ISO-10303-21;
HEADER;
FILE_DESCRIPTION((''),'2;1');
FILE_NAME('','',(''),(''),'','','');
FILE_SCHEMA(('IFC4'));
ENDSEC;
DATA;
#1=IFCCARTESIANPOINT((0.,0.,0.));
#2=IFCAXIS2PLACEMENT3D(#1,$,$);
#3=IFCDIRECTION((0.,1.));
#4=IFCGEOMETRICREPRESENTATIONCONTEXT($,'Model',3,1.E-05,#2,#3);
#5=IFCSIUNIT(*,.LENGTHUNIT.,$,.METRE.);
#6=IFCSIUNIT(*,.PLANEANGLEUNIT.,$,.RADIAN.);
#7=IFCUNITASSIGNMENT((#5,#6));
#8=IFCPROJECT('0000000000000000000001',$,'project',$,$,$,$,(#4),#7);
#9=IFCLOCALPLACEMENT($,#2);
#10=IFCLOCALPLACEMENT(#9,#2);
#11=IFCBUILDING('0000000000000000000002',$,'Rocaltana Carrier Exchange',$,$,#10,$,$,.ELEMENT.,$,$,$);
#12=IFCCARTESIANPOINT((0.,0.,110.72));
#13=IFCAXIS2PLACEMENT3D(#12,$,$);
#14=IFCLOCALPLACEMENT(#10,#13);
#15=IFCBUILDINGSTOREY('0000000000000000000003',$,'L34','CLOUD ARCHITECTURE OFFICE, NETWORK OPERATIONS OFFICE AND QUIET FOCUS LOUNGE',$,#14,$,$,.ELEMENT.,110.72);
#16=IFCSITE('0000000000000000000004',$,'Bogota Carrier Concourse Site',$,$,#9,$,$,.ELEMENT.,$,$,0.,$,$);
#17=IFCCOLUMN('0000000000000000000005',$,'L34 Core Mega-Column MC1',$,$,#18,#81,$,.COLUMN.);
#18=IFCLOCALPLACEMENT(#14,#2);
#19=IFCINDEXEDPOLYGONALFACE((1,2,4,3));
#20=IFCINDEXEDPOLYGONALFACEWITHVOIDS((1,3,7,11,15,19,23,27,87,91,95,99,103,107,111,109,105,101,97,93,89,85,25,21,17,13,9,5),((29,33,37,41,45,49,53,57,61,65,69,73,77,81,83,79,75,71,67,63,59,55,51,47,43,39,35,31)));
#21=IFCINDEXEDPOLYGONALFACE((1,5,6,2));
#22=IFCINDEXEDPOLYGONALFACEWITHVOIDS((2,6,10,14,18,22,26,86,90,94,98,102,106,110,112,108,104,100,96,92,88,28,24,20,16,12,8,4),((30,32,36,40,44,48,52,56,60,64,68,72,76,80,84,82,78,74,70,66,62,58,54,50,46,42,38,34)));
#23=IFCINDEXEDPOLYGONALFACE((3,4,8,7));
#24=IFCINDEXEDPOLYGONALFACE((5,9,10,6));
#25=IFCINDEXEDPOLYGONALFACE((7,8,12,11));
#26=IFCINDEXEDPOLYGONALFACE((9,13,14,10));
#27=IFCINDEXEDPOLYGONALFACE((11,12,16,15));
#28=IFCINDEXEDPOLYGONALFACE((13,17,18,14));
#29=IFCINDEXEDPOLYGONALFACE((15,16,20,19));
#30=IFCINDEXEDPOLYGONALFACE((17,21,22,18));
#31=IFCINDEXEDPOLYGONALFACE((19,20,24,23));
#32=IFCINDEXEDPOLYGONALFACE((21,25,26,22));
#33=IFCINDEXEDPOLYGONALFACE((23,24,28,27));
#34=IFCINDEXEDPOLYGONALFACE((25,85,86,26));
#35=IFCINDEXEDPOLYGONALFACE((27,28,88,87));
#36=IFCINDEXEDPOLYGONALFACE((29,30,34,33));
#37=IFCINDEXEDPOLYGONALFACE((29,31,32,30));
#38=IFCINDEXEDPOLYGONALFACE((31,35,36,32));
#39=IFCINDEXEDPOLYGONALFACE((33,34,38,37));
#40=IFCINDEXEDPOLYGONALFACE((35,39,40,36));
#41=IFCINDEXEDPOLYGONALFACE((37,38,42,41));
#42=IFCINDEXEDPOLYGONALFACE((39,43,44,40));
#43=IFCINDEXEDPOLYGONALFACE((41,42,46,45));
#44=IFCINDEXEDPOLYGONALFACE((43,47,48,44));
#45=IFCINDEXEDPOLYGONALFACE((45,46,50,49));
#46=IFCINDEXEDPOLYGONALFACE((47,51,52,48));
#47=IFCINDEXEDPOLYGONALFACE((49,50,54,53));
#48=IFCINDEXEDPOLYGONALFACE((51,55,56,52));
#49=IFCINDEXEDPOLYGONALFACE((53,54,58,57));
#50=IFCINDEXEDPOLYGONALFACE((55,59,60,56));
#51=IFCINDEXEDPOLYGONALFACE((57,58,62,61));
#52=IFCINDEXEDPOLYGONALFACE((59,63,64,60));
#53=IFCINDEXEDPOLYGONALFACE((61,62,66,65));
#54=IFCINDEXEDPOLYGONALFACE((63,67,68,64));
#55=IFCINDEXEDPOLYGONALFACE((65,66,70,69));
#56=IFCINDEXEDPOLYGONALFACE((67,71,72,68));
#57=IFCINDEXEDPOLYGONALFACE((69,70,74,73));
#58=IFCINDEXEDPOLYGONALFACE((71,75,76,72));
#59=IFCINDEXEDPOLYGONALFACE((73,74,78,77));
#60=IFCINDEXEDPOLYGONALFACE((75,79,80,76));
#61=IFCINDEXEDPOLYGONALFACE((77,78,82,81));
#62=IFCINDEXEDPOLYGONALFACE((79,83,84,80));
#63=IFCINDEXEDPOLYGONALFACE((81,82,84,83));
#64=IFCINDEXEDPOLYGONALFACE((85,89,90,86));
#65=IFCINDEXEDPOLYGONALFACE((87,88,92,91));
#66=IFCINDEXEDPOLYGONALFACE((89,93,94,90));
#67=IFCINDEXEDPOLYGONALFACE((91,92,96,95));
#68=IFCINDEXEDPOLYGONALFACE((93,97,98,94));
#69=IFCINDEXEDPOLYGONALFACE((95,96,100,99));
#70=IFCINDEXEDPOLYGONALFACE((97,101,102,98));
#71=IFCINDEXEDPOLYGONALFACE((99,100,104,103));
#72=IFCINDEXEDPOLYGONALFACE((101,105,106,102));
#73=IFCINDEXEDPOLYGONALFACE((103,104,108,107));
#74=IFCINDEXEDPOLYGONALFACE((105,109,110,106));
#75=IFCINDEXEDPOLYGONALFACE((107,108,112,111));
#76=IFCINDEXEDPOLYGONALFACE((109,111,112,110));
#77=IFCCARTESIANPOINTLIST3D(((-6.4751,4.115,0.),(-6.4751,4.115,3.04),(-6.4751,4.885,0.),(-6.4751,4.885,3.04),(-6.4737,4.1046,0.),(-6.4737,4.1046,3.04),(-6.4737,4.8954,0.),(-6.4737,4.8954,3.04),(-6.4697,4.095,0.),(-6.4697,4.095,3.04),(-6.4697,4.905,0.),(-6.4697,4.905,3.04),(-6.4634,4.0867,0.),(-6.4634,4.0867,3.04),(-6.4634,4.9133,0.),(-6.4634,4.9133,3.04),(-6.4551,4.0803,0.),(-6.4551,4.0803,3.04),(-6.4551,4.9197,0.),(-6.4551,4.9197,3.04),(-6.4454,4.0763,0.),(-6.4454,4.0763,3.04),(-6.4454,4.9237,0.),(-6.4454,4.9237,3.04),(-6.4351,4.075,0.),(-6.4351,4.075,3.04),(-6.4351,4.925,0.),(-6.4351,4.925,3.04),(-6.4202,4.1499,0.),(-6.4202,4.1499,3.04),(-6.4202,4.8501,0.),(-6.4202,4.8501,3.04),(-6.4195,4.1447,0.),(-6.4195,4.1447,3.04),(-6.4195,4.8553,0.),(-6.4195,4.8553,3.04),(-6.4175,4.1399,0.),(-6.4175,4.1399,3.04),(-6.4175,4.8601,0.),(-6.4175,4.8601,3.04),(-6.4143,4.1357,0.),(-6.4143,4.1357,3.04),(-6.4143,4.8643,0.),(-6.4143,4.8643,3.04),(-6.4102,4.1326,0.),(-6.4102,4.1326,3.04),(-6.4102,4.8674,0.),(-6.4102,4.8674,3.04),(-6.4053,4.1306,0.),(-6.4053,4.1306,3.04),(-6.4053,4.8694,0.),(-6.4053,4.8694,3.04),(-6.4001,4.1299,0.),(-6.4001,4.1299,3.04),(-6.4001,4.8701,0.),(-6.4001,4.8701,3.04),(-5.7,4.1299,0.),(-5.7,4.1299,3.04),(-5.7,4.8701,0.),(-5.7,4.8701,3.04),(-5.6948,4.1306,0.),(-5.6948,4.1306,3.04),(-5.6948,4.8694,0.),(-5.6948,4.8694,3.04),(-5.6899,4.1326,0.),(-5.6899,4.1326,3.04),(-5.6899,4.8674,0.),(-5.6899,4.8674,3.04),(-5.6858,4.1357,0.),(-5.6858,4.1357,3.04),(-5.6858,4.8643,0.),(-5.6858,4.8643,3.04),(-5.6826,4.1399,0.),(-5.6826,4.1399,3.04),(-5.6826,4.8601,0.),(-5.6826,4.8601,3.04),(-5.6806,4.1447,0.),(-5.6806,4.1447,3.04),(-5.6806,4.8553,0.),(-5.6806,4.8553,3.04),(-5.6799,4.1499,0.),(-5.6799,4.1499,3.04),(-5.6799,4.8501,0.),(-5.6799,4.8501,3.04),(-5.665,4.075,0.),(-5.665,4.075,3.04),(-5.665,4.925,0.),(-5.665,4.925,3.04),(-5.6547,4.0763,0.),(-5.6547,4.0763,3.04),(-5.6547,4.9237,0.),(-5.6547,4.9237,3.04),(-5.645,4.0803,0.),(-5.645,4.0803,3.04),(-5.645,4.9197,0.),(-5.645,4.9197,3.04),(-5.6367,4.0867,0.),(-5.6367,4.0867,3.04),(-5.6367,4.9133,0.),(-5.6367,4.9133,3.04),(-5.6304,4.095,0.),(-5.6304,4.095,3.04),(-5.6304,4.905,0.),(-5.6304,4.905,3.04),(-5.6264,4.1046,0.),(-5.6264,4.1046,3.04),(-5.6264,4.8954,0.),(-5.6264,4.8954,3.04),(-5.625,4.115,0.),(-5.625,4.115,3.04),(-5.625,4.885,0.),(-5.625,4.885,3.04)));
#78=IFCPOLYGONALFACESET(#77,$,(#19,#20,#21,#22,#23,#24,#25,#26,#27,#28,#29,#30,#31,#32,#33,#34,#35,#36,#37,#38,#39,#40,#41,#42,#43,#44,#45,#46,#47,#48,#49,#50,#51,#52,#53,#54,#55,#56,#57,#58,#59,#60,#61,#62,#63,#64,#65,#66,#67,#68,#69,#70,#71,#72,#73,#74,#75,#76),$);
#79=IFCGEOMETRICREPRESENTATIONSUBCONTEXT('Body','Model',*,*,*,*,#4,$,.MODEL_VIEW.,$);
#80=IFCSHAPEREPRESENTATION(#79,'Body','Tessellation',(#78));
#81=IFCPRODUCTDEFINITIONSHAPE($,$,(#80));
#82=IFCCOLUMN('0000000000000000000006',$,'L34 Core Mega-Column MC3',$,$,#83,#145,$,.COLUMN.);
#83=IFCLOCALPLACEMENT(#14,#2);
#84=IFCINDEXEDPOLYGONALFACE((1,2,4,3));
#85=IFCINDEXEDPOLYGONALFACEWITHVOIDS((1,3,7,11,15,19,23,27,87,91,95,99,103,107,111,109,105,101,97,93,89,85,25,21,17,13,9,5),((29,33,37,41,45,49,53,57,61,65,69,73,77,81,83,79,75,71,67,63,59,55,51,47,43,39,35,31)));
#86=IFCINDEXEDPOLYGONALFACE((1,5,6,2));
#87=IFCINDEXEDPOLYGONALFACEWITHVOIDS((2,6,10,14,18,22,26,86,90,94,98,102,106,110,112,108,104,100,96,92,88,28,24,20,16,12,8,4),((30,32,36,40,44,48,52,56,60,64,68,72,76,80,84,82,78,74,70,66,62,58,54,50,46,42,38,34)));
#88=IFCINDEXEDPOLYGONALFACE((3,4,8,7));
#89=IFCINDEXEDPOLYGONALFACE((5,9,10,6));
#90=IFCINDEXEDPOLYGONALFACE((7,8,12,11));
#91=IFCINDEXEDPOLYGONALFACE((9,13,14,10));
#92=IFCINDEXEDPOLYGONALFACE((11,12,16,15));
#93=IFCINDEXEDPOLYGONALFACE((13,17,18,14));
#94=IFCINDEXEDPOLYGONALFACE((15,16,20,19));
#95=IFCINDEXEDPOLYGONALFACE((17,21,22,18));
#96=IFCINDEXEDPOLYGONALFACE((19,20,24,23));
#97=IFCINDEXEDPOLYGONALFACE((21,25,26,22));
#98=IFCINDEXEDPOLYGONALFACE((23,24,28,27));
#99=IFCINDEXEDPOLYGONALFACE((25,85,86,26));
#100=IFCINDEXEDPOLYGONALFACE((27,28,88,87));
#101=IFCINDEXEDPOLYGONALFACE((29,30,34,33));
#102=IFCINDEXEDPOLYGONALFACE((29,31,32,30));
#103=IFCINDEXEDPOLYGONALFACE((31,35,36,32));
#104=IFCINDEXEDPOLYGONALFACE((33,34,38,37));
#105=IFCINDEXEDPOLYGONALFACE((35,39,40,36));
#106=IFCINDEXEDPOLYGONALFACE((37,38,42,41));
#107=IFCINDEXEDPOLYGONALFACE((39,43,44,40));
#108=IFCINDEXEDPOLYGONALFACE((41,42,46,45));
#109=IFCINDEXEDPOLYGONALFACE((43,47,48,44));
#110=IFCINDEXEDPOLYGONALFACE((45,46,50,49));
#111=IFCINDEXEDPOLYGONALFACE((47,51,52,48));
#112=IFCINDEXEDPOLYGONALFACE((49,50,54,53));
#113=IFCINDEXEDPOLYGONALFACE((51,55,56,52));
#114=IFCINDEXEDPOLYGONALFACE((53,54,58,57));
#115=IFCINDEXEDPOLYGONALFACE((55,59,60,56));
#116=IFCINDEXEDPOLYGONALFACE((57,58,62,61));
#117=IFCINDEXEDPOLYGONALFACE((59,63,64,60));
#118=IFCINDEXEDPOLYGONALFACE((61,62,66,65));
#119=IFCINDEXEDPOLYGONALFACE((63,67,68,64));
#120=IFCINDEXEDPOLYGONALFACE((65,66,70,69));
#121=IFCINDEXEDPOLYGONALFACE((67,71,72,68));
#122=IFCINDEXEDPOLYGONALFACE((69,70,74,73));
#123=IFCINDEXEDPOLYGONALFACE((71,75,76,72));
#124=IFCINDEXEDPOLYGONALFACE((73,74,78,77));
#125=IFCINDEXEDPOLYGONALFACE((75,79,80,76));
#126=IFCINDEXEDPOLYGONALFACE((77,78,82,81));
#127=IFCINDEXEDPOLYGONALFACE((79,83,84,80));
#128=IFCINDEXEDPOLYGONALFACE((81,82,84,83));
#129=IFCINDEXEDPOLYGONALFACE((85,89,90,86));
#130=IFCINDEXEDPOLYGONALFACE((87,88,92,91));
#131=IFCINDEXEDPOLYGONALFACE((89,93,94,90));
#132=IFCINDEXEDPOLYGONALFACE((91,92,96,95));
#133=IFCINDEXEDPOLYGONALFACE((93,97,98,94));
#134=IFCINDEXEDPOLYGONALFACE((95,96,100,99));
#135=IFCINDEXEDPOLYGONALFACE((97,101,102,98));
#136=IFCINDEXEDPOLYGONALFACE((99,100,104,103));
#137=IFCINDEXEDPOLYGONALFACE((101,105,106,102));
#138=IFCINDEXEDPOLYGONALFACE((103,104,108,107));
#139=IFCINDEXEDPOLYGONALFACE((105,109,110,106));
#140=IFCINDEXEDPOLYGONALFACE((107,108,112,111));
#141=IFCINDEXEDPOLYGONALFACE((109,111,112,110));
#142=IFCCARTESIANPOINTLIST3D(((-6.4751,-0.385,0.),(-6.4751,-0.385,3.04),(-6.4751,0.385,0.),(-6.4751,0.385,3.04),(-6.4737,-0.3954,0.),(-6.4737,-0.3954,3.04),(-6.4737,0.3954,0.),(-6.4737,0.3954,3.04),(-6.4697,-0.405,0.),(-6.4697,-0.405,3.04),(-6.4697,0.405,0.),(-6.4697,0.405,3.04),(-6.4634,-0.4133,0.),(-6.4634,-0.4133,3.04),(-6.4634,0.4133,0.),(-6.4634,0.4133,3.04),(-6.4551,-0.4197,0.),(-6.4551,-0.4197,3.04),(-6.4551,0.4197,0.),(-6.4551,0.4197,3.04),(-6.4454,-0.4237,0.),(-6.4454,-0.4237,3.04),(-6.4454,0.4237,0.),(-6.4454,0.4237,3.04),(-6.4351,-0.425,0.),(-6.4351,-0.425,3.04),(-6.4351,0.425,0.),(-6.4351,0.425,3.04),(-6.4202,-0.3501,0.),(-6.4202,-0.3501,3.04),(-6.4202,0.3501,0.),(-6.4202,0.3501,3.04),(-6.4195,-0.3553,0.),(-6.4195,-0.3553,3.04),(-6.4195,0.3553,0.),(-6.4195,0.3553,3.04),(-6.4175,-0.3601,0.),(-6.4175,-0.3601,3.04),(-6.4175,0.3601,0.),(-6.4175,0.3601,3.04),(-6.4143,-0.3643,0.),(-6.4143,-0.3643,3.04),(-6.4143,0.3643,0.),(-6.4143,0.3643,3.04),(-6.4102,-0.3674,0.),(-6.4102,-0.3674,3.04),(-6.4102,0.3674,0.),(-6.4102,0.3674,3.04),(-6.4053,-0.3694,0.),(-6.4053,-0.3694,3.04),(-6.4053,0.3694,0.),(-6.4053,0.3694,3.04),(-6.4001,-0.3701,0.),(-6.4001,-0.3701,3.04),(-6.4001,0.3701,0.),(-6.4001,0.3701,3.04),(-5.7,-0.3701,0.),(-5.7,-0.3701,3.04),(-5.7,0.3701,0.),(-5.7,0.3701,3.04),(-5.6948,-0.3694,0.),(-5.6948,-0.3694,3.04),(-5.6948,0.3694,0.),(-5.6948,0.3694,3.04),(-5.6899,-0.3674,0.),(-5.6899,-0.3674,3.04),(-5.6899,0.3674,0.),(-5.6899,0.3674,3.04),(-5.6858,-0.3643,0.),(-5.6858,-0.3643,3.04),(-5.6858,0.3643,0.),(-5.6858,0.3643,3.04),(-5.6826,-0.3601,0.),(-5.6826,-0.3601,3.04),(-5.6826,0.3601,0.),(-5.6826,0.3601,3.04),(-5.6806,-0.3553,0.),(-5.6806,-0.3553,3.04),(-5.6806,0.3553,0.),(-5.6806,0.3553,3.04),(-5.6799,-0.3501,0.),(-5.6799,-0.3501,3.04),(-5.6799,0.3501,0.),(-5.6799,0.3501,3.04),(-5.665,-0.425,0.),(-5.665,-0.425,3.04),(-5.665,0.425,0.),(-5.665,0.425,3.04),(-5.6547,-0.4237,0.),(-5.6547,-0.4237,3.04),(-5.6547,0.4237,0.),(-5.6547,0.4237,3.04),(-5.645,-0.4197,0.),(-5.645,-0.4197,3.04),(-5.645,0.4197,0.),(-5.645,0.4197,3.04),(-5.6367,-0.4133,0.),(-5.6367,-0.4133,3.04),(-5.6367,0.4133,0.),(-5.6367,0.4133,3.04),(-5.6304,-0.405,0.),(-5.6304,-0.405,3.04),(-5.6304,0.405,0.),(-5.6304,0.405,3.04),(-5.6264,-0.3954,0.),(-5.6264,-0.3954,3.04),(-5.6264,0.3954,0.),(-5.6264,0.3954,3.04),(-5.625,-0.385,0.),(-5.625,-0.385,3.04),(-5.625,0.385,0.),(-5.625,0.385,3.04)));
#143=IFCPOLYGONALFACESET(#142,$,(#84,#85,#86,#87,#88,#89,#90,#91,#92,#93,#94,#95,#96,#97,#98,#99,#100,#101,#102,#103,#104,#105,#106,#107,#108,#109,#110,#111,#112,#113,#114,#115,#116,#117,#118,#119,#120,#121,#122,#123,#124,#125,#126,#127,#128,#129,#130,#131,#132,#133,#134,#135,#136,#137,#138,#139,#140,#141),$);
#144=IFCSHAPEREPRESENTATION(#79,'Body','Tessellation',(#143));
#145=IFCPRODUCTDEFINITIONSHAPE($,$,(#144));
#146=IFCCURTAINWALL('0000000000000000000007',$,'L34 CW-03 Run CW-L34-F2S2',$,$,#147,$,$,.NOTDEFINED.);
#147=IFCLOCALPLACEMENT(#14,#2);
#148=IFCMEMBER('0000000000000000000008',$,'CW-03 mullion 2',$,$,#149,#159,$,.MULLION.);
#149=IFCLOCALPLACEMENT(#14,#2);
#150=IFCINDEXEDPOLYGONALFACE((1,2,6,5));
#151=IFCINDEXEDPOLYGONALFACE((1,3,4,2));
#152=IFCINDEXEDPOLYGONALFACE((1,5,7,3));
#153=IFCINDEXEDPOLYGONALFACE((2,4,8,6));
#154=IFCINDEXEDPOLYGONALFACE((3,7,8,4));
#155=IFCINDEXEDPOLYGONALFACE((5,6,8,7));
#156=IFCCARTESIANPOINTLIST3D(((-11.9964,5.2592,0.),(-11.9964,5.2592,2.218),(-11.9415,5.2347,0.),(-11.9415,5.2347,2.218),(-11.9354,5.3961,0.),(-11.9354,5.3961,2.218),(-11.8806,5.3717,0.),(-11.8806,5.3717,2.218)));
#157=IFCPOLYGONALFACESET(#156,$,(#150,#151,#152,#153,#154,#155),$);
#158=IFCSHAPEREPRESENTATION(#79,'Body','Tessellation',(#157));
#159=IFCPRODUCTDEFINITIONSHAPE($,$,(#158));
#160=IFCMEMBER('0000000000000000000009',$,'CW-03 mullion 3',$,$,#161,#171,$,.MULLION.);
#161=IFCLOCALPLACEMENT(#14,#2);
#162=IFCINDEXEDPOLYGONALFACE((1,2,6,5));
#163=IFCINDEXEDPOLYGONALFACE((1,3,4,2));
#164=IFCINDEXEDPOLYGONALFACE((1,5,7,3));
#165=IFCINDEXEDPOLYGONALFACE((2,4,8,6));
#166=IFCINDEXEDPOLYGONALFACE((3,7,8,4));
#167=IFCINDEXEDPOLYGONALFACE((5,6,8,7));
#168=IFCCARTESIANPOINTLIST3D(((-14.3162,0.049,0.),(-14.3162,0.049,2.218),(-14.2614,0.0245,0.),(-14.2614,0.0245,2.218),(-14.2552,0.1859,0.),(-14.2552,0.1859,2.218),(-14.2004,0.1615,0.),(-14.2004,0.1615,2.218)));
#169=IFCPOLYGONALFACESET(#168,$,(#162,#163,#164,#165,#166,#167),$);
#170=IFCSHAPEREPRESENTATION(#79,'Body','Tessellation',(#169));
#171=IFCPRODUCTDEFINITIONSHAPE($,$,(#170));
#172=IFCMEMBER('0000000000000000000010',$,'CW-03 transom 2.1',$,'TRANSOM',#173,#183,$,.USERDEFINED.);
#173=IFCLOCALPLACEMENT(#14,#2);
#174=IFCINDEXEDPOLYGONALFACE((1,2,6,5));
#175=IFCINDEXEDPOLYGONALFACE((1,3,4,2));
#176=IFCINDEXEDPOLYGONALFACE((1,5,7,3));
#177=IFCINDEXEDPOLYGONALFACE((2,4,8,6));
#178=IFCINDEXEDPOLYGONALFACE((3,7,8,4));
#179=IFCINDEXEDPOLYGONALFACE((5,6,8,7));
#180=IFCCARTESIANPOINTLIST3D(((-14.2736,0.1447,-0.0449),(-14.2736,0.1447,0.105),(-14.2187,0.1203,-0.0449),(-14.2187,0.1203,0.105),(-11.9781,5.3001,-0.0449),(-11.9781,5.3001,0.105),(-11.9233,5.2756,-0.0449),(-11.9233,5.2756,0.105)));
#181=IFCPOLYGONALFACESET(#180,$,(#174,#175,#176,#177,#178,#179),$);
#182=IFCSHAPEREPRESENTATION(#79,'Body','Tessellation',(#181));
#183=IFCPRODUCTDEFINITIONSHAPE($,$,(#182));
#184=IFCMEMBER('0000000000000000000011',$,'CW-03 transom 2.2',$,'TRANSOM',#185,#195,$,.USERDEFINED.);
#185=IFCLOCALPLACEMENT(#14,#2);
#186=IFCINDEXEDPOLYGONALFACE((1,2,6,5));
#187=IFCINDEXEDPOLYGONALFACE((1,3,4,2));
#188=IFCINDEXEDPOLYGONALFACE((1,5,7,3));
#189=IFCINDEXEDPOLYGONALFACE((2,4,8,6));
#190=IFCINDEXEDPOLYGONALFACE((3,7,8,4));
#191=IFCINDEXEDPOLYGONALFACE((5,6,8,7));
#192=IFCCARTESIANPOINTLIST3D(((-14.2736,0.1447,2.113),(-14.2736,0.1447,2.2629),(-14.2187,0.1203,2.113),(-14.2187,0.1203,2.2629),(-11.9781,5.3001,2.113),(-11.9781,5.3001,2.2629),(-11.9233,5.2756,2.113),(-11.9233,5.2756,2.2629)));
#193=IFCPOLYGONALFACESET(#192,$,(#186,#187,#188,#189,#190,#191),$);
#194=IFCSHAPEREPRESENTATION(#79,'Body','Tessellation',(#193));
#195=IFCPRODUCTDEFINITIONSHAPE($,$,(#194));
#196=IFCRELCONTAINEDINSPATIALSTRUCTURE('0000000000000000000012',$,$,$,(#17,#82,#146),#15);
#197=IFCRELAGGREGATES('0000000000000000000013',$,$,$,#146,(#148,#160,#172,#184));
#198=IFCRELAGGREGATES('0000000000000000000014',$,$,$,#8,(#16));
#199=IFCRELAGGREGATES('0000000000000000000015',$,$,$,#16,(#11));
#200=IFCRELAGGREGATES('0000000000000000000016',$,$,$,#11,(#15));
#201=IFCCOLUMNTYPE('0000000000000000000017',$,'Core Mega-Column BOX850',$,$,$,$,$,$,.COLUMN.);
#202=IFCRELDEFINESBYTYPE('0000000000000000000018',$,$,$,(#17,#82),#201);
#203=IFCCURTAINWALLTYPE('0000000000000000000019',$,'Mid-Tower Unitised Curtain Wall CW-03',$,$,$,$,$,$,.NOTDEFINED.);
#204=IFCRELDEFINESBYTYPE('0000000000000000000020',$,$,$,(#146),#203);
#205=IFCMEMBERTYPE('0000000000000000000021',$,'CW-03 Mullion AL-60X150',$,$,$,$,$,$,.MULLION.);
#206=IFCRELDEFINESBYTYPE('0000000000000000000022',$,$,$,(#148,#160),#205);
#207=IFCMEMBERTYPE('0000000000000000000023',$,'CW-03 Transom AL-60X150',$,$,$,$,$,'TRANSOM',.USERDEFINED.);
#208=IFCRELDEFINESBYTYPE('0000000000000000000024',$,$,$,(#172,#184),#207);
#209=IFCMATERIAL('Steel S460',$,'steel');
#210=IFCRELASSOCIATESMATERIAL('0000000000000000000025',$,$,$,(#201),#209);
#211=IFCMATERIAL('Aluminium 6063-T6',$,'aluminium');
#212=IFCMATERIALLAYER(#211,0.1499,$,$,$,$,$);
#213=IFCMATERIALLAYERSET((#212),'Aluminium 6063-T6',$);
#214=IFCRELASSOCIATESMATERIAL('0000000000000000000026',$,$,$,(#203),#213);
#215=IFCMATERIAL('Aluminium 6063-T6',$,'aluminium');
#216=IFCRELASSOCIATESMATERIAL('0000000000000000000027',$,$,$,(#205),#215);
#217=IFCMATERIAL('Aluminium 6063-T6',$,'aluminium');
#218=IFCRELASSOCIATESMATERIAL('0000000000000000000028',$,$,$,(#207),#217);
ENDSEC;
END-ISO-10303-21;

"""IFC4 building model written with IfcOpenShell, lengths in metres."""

from ifc_helpers import new_model, si_unit, direction, frame, origin, origin_2d, place, context, subcontext, project, spatial, rectangle, hollow_rectangle, extrude, material, layer, layer_set, material_profile, profile_set, type_object, element, aggregate, save


model = new_model("IFC4")

# Units and contexts
model_context = context("Model", 3, precision=1e-05, world=origin(), true_north=direction((0.0, 1.0)))
body_context = subcontext(model_context, "Body", "Model", "MODEL_VIEW")
ifc_project = project(units=[si_unit("LENGTHUNIT", "METRE"), si_unit("PLANEANGLEUNIT", "RADIAN")], contexts=[model_context])

# Site, building, storey
site_placement = place(None, origin())
site = spatial("IfcSite", under=ifc_project, at=site_placement, Name="Bogota Carrier Concourse Site", CompositionType="ELEMENT", RefElevation=0.0)
building_placement = place(site_placement, origin())
building = spatial("IfcBuilding", under=site, at=building_placement, Name="Rocaltana Carrier Exchange", CompositionType="ELEMENT")
storey_placement = place(building_placement, frame((0.0, 0.0, 110.72)))
storey = spatial("IfcBuildingStorey", under=building, at=storey_placement, Name="L34", Description="CLOUD ARCHITECTURE OFFICE, NETWORK OPERATIONS OFFICE AND QUIET FOCUS LOUNGE", CompositionType="ELEMENT", Elevation=110.72)

# Columns
ifc_material_1 = material(Name="Steel S460", Category="steel")
ifc_material_profile_1 = material_profile(ifc_material_1, hollow_rectangle(XDim=0.8501, YDim=0.8501, WallThickness=0.0549, InnerFilletRadius=0.02, OuterFilletRadius=0.04, at=origin_2d()), Name="BOX850X850X55")
ifc_profile_set_1 = profile_set([ifc_material_profile_1], Name="Steel S460")
column_type = type_object("IfcColumnType", Name="Core Mega-Column BOX850", PredefinedType="COLUMN", material=ifc_profile_set_1)
for number, where, z_axis, x_axis, name in (
    (1, (-6.05, 4.5, 0.0), (0.0, 0.0, 1.0), (1.0, 0.0, 0.0), "L34 Core Mega-Column MC1"),
    (2, (-6.05, 0.0, 0.0), (0.0, 0.0, 1.0), (1.0, 0.0, 0.0), "L34 Core Mega-Column MC3"),
):
    element("IfcColumn", number, at=place(storey_placement, frame(where, z_axis=z_axis, x_axis=x_axis)), inside=storey, type_object=column_type, Name=name, PredefinedType="COLUMN", context=body_context, shape_type="SweptSolid", body=[
        extrude(hollow_rectangle(XDim=0.8501, YDim=0.8501, WallThickness=0.0549, InnerFilletRadius=0.02, OuterFilletRadius=0.04, at=origin_2d()), origin(), (0.0, 0.0, 1.0), 3.04),
    ])

# Curtain wall, members
ifc_material_2 = material(Name="Aluminium 6063-T6", Category="aluminium")
ifc_layer_1 = layer(ifc_material_2, 0.1499)
ifc_layer_set_1 = layer_set([ifc_layer_1], Name="Aluminium 6063-T6")
curtain_wall_type = type_object("IfcCurtainWallType", Name="Mid-Tower Unitised Curtain Wall CW-03", PredefinedType="NOTDEFINED", material=ifc_layer_set_1)
curtain_wall_placement = place(storey_placement, origin())
curtain_wall = element("IfcCurtainWall", 3, at=curtain_wall_placement, inside=storey, type_object=curtain_wall_type, Name="L34 CW-03 Run CW-L34-F2S2", PredefinedType="NOTDEFINED")
ifc_material_3 = material(Name="Aluminium 6063-T6", Category="aluminium")
ifc_material_profile_2 = material_profile(ifc_material_3, rectangle(XDim=0.0601, YDim=0.1499, at=origin_2d()), Name="AL-60X150")
ifc_profile_set_2 = profile_set([ifc_material_profile_2], Name="Aluminium 6063-T6")
member_type_1 = type_object("IfcMemberType", Name="CW-03 Mullion AL-60X150", PredefinedType="MULLION", material=ifc_profile_set_2)
member_1_placement = place(storey_placement, frame((-11.9385, 5.3154, 0.0), z_axis=(0.0, 0.0, 1.0), x_axis=(0.913542, -0.406744, 0.0)))
member_1 = element("IfcMember", 4, at=member_1_placement, type_object=member_type_1, Name="CW-03 mullion 2", PredefinedType="MULLION", context=body_context, shape_type="SweptSolid", body=[
    extrude(rectangle(XDim=0.0601, YDim=0.1499, at=origin_2d()), origin(), (0.0, 0.0, 1.0), 2.218),
])
member_2_placement = place(storey_placement, frame((-14.2583, 0.1052, 0.0), z_axis=(0.0, 0.0, 1.0), x_axis=(0.913542, -0.406744, 0.0)))
member_2 = element("IfcMember", 5, at=member_2_placement, type_object=member_type_1, Name="CW-03 mullion 3", PredefinedType="MULLION", context=body_context, shape_type="SweptSolid", body=[
    extrude(rectangle(XDim=0.0601, YDim=0.1499, at=origin_2d()), origin(), (0.0, 0.0, 1.0), 2.218),
])
ifc_material_4 = material(Name="Aluminium 6063-T6", Category="aluminium")
ifc_material_profile_3 = material_profile(ifc_material_4, rectangle(XDim=0.0601, YDim=0.1499, at=origin_2d()), Name="AL-60X150")
ifc_profile_set_3 = profile_set([ifc_material_profile_3], Name="Aluminium 6063-T6")
member_type_2 = type_object("IfcMemberType", Name="CW-03 Transom AL-60X150", ElementType="TRANSOM", PredefinedType="USERDEFINED", material=ifc_profile_set_3)
member_3_placement = place(storey_placement, frame((-11.9507, 5.2878, 0.03), z_axis=(-0.406757, -0.913537, 0.0), x_axis=(0.913537, -0.406757, 0.0)))
member_3 = element("IfcMember", 6, at=member_3_placement, type_object=member_type_2, Name="CW-03 transom 2.1", ObjectType="TRANSOM", PredefinedType="USERDEFINED", context=body_context, shape_type="SweptSolid", body=[
    extrude(rectangle(XDim=0.0601, YDim=0.1499, at=origin_2d()), origin(), (0.0, 0.0, 1.0), 5.6433),
])
member_4_placement = place(storey_placement, frame((-11.9507, 5.2878, 2.188), z_axis=(-0.406757, -0.913537, 0.0), x_axis=(0.913537, -0.406757, 0.0)))
member_4 = element("IfcMember", 7, at=member_4_placement, type_object=member_type_2, Name="CW-03 transom 2.2", ObjectType="TRANSOM", PredefinedType="USERDEFINED", context=body_context, shape_type="SweptSolid", body=[
    extrude(rectangle(XDim=0.0601, YDim=0.1499, at=origin_2d()), origin(), (0.0, 0.0, 1.0), 5.6433),
])

aggregate(curtain_wall, [member_1, member_2, member_3, member_4])

save(model, "model.ifc")
